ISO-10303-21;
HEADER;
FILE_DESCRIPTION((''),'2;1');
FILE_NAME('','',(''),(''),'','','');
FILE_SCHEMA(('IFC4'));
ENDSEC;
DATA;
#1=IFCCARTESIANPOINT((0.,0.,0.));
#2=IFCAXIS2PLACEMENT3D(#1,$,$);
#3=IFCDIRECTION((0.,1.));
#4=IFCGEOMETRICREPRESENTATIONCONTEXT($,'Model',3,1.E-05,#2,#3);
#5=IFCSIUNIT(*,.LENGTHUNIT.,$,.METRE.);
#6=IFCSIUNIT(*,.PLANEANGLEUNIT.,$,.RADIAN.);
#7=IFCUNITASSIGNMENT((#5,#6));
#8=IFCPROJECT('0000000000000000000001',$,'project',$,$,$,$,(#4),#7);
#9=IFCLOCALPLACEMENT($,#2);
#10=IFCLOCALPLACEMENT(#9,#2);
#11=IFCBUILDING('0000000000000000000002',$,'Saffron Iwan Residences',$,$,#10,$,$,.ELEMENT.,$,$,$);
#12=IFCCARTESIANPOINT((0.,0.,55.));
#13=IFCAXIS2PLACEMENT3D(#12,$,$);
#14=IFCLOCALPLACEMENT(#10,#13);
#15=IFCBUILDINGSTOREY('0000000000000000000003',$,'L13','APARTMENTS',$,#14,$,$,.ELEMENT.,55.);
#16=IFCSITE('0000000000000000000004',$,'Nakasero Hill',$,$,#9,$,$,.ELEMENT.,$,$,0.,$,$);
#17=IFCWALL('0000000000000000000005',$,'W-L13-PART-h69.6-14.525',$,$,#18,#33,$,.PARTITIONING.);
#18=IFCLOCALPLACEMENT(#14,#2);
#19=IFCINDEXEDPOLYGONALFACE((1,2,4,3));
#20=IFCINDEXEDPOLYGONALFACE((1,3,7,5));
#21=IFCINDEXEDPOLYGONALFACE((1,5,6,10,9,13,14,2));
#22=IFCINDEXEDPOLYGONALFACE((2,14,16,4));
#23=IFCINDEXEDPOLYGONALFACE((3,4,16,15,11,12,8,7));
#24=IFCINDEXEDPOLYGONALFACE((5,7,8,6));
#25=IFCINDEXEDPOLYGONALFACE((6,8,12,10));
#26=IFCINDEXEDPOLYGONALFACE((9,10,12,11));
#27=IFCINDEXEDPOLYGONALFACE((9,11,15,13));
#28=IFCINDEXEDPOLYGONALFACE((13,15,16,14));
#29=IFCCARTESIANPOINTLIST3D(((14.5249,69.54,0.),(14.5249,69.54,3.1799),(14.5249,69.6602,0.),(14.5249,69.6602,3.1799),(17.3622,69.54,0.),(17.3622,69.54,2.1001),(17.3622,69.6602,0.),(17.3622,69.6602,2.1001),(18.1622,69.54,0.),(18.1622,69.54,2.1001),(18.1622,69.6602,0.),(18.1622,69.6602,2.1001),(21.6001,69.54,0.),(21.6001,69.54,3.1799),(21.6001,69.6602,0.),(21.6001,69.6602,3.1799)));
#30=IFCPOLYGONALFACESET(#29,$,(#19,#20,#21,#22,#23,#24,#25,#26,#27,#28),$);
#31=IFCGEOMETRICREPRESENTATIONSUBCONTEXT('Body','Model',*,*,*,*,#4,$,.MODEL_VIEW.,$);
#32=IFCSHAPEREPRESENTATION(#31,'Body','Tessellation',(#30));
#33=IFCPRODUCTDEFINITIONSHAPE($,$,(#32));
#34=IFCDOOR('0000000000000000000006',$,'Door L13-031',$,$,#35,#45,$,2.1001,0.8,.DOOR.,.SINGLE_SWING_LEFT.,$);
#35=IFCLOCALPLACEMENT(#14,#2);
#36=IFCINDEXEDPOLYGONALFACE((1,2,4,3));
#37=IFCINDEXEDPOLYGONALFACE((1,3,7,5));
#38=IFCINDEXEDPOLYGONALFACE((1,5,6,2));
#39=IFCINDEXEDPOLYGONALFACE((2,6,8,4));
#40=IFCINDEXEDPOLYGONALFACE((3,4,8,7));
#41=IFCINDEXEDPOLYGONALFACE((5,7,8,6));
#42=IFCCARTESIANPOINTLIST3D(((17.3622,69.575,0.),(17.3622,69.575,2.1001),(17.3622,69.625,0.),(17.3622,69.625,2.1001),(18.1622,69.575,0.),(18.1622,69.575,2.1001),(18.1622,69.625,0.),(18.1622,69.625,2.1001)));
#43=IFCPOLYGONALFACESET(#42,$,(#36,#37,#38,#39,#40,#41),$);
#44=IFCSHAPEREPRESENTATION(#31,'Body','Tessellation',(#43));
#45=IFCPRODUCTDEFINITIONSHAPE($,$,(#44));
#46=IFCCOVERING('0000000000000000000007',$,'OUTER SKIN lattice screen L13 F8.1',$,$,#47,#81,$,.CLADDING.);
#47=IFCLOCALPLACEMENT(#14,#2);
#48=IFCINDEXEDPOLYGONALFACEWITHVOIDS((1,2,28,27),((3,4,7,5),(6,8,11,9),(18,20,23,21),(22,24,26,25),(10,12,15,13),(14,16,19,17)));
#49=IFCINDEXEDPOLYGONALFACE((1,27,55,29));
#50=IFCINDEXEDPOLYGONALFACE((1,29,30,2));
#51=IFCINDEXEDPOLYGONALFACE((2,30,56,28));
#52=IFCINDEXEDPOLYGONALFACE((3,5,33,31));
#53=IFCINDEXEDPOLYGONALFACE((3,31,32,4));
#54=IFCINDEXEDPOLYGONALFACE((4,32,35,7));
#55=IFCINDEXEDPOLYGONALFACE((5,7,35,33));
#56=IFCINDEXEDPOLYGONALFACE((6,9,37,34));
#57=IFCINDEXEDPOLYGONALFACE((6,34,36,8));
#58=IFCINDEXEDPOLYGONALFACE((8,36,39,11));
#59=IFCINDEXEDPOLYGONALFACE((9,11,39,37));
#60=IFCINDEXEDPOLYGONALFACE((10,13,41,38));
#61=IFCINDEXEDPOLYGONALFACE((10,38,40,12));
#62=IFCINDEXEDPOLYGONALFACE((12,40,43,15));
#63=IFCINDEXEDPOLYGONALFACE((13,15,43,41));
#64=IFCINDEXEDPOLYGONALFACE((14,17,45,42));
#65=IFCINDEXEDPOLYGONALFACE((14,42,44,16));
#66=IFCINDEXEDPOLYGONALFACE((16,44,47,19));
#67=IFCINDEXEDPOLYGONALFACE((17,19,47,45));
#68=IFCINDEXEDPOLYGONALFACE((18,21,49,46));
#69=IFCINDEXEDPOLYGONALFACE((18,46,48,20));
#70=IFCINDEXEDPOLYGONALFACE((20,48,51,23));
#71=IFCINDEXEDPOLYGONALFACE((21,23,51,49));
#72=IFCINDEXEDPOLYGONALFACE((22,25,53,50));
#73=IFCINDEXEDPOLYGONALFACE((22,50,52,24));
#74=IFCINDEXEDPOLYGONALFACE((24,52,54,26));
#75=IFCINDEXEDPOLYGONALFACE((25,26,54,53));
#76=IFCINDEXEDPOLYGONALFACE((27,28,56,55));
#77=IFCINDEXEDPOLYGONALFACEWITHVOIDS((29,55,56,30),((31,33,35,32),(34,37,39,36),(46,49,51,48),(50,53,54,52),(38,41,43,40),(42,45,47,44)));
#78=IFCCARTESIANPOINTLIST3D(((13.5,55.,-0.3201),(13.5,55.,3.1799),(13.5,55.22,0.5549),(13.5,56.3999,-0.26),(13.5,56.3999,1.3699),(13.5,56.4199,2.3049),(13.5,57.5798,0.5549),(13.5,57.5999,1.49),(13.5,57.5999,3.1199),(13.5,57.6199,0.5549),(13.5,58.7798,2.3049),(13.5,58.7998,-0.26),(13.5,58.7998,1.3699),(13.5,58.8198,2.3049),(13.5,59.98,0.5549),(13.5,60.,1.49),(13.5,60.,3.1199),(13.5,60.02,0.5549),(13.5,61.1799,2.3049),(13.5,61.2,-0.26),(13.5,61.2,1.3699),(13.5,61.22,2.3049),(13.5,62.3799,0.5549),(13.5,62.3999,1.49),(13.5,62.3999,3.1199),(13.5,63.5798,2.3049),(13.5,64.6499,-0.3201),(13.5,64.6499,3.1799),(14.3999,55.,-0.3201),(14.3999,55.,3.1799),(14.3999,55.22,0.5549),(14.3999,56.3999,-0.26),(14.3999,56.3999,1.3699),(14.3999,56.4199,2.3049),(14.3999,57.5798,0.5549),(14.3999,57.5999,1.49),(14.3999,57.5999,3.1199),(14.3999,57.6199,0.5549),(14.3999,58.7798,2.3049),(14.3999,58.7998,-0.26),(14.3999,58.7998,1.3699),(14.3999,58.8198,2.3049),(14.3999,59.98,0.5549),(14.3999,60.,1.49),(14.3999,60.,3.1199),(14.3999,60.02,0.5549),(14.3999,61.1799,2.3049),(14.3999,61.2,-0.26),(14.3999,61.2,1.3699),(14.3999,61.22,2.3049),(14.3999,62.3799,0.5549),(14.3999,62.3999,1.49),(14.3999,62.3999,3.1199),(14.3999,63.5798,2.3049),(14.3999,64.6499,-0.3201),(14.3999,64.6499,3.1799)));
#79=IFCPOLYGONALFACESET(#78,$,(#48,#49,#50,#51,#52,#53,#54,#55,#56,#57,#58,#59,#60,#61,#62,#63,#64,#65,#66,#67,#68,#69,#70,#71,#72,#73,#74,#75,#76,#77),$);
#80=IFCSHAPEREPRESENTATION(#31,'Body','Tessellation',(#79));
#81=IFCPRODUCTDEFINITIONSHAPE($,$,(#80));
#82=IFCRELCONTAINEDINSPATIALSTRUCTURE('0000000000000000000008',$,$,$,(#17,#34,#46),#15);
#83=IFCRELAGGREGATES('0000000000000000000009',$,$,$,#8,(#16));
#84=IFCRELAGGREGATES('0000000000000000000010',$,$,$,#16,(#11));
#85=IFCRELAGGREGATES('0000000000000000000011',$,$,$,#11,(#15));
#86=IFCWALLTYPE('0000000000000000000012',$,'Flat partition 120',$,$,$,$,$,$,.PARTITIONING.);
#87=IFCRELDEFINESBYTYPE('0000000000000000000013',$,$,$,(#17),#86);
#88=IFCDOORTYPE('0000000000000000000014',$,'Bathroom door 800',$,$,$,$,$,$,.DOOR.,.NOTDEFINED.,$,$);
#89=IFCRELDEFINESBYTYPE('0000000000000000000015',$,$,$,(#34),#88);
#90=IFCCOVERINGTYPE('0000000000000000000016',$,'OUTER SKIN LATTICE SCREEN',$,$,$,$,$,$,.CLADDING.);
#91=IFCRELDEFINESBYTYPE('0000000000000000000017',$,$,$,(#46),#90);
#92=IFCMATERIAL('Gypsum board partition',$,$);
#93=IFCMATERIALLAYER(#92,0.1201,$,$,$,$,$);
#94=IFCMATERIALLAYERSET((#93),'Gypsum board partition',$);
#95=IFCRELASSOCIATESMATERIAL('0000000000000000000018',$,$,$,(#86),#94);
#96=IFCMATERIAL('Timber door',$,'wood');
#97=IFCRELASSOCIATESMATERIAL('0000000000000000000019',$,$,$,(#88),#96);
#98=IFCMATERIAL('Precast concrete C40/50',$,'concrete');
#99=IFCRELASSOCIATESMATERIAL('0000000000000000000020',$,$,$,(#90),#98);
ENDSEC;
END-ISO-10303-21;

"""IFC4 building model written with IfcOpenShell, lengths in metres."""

from ifc_helpers import new_model, si_unit, direction, frame, frame_2d, origin, place, context, subcontext, project, spatial, polyline, rectangle, outline, extrude, material, layer, layer_set, type_object, element, fill, save


model = new_model("IFC4")

# Units and contexts
model_context = context("Model", 3, precision=1e-05, world=origin(), true_north=direction((0.0, 1.0)))
body_context = subcontext(model_context, "Body", "Model", "MODEL_VIEW")
ifc_project = project(units=[si_unit("LENGTHUNIT", "METRE"), si_unit("PLANEANGLEUNIT", "RADIAN")], contexts=[model_context])

# Site, building, storey
site_placement = place(None, origin())
site = spatial("IfcSite", under=ifc_project, at=site_placement, Name="Nakasero Hill", CompositionType="ELEMENT", RefElevation=0.0)
building_placement = place(site_placement, origin())
building = spatial("IfcBuilding", under=site, at=building_placement, Name="Saffron Iwan Residences", CompositionType="ELEMENT")
storey_placement = place(building_placement, frame((0.0, 0.0, 55.0)))
storey = spatial("IfcBuildingStorey", under=building, at=storey_placement, Name="L13", Description="APARTMENTS", CompositionType="ELEMENT", Elevation=55.0)

# Shared definitions
ifc_material_1 = material(Name="Gypsum board partition")
ifc_layer_1 = layer(ifc_material_1, 0.1201)
ifc_layer_set_1 = layer_set([ifc_layer_1], Name="Gypsum board partition")
wall_type_1 = type_object("IfcWallType", Name="Flat partition 120", PredefinedType="PARTITIONING", material=ifc_layer_set_1)

# Wall, opening, door
wall_1_placement = place(storey_placement, frame((14.5249, 69.6001, 0.0), z_axis=(0.0, 0.0, 1.0), x_axis=(1.0, 0.0, 0.0)))
wall_1 = element("IfcWall", 1, at=wall_1_placement, inside=storey, type_object=wall_type_1, Name="W-L13-PART-h69.6-14.525", PredefinedType="PARTITIONING", context=body_context, shape_type="SweptSolid", body=[
    extrude(rectangle(XDim=7.0752, YDim=0.1201, at=frame_2d((3.5376, 0.0))), origin(), (0.0, 0.0, 1.0), 3.1799),
])
opening_1_placement = place(wall_1_placement, frame((2.8374, 0.0, 0.0)))
opening_1 = element("IfcOpeningElement", 2, at=opening_1_placement, cuts=wall_1, PredefinedType="OPENING", context=body_context, shape_type="SweptSolid", body=[
    extrude(rectangle(XDim=0.8, YDim=2.1001, at=frame_2d((0.3999, 1.05))), frame((0.0, 0.0701, 0.0), z_axis=(0.0, -1.0, 0.0), x_axis=(1.0, 0.0, 0.0)), (0.0, 0.0, 1.0), 0.1401),
])
ifc_material_2 = material(Name="Timber door", Category="wood")
door_type_1 = type_object("IfcDoorType", Name="Bathroom door 800", OperationType="NOTDEFINED", PredefinedType="DOOR", material=ifc_material_2)
door_1_placement = place(opening_1_placement, origin())
door_1 = element("IfcDoor", 3, at=door_1_placement, inside=storey, type_object=door_type_1, Name="Door L13-031", OperationType="SINGLE_SWING_LEFT", OverallHeight=2.1001, OverallWidth=0.8, PredefinedType="DOOR", context=body_context, shape_type="SweptSolid", body=[
    extrude(rectangle(XDim=0.8, YDim=2.1001, at=frame_2d((0.3999, 1.05))), frame((0.0, 0.0249, 0.0), z_axis=(0.0, -1.0, 0.0), x_axis=(1.0, 0.0, 0.0)), (0.0, 0.0, 1.0), 0.05),
])
fill(opening_1, door_1)

# Covering
ifc_material_3 = material(Name="Precast concrete C40/50", Category="concrete")
covering_type = type_object("IfcCoveringType", Name="OUTER SKIN LATTICE SCREEN", PredefinedType="CLADDING", material=ifc_material_3)
covering_placement = place(storey_placement, frame((14.3999, 64.6499, -0.3201), z_axis=(-1.0, 0.0, 0.0), x_axis=(0.0, -1.0, 0.0)))
element("IfcCovering", 4, at=covering_placement, inside=storey, type_object=covering_type, Name="OUTER SKIN lattice screen L13 F8.1", PredefinedType="CLADDING", context=body_context, shape_type="SweptSolid", body=[
    extrude(outline(polyline([(0.0, 0.0), (9.6499, 0.0), (9.6499, 3.5), (0.0, 3.5), (0.0, 0.0)]), holes=[polyline([(2.27, 0.875), (3.45, 0.0601), (4.6299, 0.875), (3.45, 1.6899), (2.27, 0.875)]), polyline([(4.6699, 0.875), (5.8501, 0.0601), (7.03, 0.875), (5.8501, 1.6899), (4.6699, 0.875)]), polyline([(7.0701, 0.875), (8.25, 0.0601), (9.4299, 0.875), (8.25, 1.6899), (7.0701, 0.875)]), polyline([(1.0701, 2.625), (2.25, 1.8101), (3.4299, 2.625), (2.25, 3.4399), (1.0701, 2.625)]), polyline([(3.47, 2.625), (4.6499, 1.8101), (5.8301, 2.625), (4.6499, 3.4399), (3.47, 2.625)]), polyline([(5.8701, 2.625), (7.05, 1.8101), (8.23, 2.625), (7.05, 3.4399), (5.8701, 2.625)])]), origin(), (0.0, 0.0, 1.0), 0.8999),
])

save(model, "model.ifc")
